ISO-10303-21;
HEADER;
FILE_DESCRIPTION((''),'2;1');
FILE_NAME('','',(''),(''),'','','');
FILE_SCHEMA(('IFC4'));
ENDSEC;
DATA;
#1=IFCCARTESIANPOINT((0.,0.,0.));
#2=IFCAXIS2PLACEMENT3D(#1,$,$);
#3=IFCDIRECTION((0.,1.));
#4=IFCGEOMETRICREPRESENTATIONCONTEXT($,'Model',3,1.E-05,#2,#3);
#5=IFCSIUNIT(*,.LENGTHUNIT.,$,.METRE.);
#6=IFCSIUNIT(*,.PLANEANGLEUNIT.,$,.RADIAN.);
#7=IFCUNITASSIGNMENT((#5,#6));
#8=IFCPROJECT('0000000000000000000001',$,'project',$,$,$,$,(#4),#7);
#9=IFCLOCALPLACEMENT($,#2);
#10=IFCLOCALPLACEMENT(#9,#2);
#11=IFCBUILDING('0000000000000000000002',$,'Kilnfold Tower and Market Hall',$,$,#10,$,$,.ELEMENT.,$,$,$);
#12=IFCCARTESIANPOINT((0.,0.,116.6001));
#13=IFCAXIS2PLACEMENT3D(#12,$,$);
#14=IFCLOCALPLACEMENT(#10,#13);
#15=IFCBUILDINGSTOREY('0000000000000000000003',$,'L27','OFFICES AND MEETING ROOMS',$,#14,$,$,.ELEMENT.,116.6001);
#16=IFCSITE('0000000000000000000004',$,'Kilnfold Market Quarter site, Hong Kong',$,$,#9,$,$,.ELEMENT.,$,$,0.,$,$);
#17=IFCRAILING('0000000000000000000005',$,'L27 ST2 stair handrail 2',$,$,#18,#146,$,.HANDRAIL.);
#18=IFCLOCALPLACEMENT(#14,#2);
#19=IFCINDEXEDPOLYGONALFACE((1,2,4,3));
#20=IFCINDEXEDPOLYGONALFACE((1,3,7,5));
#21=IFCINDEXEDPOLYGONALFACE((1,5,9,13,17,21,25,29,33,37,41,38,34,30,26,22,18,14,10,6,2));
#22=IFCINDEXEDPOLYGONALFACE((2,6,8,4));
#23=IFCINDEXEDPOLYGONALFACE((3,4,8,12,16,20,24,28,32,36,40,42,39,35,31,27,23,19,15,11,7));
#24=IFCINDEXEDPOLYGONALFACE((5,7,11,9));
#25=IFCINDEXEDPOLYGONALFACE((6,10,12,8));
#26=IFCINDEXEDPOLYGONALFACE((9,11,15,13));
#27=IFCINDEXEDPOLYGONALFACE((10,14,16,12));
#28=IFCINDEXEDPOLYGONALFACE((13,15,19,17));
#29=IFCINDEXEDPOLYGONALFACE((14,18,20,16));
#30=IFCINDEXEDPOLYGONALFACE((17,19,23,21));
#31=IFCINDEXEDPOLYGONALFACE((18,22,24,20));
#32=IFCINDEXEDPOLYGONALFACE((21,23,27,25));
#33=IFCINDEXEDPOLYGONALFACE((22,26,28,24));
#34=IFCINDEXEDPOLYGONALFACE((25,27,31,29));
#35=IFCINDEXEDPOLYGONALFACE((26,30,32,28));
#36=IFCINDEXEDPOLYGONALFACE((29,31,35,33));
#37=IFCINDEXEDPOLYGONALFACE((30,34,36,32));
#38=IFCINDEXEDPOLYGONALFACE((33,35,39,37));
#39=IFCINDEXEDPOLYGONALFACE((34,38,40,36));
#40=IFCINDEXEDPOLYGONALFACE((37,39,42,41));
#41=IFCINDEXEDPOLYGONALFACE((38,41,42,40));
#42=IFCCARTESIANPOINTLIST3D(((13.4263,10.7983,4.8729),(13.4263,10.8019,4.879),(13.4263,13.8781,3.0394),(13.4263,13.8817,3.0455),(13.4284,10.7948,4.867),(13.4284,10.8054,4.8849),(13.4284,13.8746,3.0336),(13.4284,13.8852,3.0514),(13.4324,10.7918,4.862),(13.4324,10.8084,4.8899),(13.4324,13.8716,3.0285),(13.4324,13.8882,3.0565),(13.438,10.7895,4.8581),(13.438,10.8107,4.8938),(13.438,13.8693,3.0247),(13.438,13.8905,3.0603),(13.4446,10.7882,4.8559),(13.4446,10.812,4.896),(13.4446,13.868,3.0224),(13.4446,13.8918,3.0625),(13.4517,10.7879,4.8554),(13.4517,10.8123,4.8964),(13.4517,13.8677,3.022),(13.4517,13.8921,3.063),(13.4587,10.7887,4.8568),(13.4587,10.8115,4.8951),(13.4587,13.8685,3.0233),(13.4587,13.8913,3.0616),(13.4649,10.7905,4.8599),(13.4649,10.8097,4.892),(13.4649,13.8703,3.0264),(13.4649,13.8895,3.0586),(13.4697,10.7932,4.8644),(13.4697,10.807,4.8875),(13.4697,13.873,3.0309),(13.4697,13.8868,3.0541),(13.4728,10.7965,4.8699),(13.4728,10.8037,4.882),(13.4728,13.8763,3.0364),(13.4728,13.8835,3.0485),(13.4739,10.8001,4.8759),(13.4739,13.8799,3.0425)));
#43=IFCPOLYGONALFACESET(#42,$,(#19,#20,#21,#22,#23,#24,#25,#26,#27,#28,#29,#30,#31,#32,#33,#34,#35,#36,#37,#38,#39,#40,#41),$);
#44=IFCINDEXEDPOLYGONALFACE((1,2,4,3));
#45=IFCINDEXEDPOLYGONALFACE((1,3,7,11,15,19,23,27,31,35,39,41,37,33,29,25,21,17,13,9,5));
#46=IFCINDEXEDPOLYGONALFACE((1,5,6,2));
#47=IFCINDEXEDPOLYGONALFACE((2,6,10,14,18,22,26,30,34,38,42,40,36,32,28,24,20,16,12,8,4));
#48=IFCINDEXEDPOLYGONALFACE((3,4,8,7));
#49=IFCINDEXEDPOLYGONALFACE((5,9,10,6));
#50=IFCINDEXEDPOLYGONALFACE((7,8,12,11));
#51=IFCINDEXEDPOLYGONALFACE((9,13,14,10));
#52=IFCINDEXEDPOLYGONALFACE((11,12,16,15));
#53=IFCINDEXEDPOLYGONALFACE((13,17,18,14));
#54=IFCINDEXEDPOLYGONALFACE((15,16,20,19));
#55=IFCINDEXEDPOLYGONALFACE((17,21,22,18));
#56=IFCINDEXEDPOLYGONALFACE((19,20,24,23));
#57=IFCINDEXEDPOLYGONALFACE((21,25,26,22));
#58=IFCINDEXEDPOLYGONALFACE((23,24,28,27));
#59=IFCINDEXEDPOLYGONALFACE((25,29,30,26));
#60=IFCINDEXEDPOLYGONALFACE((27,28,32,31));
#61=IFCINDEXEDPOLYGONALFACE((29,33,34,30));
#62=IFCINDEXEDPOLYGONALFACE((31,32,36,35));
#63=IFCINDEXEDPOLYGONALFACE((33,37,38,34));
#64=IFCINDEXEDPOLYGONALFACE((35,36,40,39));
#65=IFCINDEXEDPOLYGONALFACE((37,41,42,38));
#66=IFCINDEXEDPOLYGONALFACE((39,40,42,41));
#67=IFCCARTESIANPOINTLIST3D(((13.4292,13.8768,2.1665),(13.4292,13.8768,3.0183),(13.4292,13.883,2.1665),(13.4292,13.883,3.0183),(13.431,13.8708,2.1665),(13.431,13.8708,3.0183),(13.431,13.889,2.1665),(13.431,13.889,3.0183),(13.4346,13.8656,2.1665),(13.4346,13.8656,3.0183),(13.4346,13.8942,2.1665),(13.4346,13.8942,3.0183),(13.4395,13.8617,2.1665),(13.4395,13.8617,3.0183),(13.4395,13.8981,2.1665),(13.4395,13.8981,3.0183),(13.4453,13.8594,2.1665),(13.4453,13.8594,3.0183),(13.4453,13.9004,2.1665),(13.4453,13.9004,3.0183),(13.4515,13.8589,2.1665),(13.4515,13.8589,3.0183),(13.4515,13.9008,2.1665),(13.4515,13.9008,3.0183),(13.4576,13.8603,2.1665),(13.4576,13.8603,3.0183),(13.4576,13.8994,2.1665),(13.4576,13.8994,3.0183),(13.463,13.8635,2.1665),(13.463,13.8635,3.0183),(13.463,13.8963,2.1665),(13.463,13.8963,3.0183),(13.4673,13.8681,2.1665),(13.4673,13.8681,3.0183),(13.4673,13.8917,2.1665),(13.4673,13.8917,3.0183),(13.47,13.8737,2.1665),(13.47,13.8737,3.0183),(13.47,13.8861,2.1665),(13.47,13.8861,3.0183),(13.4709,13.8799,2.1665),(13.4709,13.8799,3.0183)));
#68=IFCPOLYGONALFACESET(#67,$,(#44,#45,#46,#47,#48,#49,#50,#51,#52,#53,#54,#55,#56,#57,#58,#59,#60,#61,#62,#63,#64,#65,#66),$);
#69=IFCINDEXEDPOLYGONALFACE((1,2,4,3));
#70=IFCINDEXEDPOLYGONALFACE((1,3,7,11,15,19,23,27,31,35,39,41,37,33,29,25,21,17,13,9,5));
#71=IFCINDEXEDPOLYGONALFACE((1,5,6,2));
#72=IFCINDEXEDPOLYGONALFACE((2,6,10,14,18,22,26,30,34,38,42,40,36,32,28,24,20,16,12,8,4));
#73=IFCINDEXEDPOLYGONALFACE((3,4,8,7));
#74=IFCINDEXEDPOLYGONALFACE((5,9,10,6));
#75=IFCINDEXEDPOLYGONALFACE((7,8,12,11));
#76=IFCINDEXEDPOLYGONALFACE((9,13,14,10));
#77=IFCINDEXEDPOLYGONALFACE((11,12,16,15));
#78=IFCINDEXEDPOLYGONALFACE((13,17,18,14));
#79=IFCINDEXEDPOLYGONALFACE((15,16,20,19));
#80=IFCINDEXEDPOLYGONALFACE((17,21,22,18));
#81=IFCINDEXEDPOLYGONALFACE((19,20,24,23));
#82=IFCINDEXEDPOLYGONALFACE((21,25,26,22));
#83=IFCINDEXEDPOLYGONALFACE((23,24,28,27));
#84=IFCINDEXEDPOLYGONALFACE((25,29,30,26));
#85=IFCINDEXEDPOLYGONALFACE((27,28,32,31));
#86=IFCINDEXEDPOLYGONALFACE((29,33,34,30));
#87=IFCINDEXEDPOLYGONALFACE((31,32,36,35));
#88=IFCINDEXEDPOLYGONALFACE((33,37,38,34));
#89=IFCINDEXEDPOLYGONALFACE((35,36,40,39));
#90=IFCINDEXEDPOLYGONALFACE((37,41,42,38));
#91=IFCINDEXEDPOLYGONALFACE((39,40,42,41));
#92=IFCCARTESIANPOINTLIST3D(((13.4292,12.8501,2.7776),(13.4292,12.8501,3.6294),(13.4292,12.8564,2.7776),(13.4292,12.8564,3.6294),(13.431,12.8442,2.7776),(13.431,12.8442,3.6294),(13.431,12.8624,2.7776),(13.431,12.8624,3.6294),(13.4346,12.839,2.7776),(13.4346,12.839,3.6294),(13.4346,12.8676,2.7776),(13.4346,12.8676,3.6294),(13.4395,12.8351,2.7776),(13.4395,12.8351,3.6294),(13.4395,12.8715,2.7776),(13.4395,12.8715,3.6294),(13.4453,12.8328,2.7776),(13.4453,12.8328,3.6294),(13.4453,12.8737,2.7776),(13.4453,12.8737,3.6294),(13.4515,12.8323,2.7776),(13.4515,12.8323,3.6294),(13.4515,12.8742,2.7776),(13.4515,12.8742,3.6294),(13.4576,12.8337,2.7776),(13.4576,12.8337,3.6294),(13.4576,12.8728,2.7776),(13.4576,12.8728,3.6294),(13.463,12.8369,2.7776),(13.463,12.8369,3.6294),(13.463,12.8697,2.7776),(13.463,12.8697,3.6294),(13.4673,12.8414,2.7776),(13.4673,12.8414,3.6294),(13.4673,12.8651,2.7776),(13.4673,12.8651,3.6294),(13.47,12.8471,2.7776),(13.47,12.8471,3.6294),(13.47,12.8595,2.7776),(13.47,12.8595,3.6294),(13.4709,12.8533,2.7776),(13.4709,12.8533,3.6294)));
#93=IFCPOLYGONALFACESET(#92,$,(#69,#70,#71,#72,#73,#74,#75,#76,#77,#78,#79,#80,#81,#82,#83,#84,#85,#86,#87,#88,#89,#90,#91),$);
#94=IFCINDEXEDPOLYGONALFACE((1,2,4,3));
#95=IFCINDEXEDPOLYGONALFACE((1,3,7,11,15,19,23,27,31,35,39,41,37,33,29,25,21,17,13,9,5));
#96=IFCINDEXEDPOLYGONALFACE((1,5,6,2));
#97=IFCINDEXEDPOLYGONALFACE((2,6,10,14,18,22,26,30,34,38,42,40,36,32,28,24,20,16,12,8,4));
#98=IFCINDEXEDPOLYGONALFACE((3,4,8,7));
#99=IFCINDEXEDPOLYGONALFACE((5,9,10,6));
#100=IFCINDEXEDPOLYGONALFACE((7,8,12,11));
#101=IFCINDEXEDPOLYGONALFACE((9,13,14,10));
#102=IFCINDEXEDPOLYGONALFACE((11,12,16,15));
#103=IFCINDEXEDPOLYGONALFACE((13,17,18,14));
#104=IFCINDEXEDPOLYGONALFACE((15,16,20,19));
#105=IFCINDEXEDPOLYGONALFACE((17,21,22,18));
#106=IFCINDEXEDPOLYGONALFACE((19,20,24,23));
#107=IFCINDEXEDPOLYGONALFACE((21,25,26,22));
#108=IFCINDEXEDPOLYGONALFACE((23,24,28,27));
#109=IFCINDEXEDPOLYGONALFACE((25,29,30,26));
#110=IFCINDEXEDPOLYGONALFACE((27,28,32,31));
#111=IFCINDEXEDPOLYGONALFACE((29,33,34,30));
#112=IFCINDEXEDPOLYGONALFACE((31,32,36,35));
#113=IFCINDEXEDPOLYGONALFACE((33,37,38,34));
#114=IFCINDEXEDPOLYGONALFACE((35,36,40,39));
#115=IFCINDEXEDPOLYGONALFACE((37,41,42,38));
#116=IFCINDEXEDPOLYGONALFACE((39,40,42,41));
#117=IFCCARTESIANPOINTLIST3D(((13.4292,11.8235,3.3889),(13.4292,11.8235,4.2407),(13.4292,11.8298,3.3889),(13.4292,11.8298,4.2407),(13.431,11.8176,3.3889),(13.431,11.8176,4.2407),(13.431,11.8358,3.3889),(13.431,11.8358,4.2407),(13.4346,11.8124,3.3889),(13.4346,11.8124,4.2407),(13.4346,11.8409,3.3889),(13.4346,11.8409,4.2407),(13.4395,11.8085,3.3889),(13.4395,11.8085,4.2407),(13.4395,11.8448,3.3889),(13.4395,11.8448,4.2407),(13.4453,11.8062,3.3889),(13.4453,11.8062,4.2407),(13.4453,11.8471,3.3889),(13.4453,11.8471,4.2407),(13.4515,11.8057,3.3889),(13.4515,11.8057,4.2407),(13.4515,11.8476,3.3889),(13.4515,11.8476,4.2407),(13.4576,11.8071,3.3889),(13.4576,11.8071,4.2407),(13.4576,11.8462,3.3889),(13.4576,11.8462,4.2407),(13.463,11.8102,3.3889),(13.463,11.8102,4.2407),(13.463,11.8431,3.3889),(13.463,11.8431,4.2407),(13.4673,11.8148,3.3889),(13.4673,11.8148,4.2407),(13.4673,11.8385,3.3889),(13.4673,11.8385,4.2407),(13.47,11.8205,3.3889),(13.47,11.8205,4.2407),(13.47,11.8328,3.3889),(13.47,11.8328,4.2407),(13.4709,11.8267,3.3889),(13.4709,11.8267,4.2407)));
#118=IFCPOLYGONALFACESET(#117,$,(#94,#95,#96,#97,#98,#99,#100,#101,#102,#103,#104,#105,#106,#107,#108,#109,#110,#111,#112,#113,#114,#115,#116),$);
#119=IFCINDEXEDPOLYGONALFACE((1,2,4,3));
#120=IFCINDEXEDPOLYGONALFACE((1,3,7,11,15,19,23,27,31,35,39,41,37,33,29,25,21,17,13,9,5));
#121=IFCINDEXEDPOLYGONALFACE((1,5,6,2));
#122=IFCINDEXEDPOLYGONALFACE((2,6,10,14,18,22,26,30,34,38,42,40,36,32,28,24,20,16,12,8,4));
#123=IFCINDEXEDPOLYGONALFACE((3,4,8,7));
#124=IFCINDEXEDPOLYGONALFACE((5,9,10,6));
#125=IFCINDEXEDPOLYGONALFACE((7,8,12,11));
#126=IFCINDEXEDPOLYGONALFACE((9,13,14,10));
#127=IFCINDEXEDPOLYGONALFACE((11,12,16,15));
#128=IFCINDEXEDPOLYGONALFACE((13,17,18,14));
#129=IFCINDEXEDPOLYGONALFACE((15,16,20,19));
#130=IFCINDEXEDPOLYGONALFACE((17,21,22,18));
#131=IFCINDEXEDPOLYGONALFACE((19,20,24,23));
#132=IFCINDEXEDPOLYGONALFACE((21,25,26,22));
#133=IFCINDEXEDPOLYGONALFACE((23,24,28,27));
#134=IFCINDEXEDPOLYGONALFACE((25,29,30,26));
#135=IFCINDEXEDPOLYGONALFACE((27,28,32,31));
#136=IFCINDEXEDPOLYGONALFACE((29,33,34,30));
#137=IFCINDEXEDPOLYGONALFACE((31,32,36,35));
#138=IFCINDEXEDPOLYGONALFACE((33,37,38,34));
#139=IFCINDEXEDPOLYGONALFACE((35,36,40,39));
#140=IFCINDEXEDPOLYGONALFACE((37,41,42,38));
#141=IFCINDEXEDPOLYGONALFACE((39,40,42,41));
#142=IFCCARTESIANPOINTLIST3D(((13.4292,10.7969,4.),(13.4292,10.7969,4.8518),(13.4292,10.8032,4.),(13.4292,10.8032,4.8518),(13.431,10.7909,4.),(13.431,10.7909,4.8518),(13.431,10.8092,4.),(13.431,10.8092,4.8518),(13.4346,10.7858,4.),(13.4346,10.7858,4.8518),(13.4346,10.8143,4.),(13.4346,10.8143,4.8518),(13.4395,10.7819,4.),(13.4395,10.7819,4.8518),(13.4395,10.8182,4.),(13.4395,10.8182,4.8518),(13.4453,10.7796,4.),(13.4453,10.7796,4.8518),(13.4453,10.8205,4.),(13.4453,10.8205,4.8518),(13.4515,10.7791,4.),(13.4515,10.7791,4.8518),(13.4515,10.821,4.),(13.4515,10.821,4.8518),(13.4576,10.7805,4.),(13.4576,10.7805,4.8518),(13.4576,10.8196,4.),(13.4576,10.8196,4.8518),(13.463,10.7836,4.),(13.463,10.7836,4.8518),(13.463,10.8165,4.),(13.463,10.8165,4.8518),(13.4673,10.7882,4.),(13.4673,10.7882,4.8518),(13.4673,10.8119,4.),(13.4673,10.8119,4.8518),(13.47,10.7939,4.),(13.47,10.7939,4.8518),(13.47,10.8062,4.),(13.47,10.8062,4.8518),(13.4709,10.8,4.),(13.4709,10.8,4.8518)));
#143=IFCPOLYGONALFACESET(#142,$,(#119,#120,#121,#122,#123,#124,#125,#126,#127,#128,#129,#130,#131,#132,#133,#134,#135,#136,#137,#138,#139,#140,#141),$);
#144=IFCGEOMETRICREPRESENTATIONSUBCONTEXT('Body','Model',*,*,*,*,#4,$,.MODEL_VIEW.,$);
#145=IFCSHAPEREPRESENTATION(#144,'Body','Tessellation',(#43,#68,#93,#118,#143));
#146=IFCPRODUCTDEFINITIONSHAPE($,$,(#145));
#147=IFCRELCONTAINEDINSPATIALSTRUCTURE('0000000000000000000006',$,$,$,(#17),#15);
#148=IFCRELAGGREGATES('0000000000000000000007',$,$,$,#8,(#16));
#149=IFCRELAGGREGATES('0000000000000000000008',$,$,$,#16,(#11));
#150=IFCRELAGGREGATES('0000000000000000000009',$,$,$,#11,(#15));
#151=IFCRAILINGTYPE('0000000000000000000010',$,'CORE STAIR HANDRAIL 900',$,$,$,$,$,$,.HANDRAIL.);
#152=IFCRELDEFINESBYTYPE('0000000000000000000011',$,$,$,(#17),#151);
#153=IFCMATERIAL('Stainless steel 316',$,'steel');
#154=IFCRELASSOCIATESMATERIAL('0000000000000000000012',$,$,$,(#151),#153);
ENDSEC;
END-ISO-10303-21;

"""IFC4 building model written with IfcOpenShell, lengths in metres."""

from ifc_helpers import new_model, si_unit, direction, frame, origin, origin_2d, place, context, subcontext, project, spatial, circle, extrude, material, type_object, element, save


model = new_model("IFC4")

# Units and contexts
model_context = context("Model", 3, precision=1e-05, world=origin(), true_north=direction((0.0, 1.0)))
body_context = subcontext(model_context, "Body", "Model", "MODEL_VIEW")
ifc_project = project(units=[si_unit("LENGTHUNIT", "METRE"), si_unit("PLANEANGLEUNIT", "RADIAN")], contexts=[model_context])

# Site, building, storey
site_placement = place(None, origin())
site = spatial("IfcSite", under=ifc_project, at=site_placement, Name="Kilnfold Market Quarter site, Hong Kong", CompositionType="ELEMENT", RefElevation=0.0)
building_placement = place(site_placement, origin())
building = spatial("IfcBuilding", under=site, at=building_placement, Name="Kilnfold Tower and Market Hall", CompositionType="ELEMENT")
storey_placement = place(building_placement, frame((0.0, 0.0, 116.6001)))
storey = spatial("IfcBuildingStorey", under=building, at=storey_placement, Name="L27", Description="OFFICES AND MEETING ROOMS", CompositionType="ELEMENT", Elevation=116.6001)

# Railing
ifc_material_1 = material(Name="Stainless steel 316", Category="steel")
railing_type = type_object("IfcRailingType", Name="CORE STAIR HANDRAIL 900", PredefinedType="HANDRAIL", material=ifc_material_1)
railing_placement = place(storey_placement, frame((13.45, 13.8799, 2.1665)))
element("IfcRailing", 1, at=railing_placement, inside=storey, type_object=railing_type, Name="L27 ST2 stair handrail 2", PredefinedType="HANDRAIL", context=body_context, shape_type="SweptSolid", body=[
    extrude(circle(Radius=0.0239, at=origin_2d()), frame((0.0, 0.0, 0.876), z_axis=(0.0, -0.859261, 0.511538), x_axis=(1.0, 0.0, 0.0)), (0.0, 0.0, 1.0), 3.5842),
    extrude(circle(Radius=0.021, at=origin_2d()), origin(), (0.0, 0.0, 1.0), 0.8518),
    extrude(circle(Radius=0.021, at=origin_2d()), frame((0.0, -1.0266, 0.6111)), (0.0, 0.0, 1.0), 0.8518),
    extrude(circle(Radius=0.021, at=origin_2d()), frame((0.0, -2.0532, 1.2224)), (0.0, 0.0, 1.0), 0.8518),
    extrude(circle(Radius=0.021, at=origin_2d()), frame((0.0, -3.0798, 1.8335)), (0.0, 0.0, 1.0), 0.8518),
])

save(model, "model.ifc")
